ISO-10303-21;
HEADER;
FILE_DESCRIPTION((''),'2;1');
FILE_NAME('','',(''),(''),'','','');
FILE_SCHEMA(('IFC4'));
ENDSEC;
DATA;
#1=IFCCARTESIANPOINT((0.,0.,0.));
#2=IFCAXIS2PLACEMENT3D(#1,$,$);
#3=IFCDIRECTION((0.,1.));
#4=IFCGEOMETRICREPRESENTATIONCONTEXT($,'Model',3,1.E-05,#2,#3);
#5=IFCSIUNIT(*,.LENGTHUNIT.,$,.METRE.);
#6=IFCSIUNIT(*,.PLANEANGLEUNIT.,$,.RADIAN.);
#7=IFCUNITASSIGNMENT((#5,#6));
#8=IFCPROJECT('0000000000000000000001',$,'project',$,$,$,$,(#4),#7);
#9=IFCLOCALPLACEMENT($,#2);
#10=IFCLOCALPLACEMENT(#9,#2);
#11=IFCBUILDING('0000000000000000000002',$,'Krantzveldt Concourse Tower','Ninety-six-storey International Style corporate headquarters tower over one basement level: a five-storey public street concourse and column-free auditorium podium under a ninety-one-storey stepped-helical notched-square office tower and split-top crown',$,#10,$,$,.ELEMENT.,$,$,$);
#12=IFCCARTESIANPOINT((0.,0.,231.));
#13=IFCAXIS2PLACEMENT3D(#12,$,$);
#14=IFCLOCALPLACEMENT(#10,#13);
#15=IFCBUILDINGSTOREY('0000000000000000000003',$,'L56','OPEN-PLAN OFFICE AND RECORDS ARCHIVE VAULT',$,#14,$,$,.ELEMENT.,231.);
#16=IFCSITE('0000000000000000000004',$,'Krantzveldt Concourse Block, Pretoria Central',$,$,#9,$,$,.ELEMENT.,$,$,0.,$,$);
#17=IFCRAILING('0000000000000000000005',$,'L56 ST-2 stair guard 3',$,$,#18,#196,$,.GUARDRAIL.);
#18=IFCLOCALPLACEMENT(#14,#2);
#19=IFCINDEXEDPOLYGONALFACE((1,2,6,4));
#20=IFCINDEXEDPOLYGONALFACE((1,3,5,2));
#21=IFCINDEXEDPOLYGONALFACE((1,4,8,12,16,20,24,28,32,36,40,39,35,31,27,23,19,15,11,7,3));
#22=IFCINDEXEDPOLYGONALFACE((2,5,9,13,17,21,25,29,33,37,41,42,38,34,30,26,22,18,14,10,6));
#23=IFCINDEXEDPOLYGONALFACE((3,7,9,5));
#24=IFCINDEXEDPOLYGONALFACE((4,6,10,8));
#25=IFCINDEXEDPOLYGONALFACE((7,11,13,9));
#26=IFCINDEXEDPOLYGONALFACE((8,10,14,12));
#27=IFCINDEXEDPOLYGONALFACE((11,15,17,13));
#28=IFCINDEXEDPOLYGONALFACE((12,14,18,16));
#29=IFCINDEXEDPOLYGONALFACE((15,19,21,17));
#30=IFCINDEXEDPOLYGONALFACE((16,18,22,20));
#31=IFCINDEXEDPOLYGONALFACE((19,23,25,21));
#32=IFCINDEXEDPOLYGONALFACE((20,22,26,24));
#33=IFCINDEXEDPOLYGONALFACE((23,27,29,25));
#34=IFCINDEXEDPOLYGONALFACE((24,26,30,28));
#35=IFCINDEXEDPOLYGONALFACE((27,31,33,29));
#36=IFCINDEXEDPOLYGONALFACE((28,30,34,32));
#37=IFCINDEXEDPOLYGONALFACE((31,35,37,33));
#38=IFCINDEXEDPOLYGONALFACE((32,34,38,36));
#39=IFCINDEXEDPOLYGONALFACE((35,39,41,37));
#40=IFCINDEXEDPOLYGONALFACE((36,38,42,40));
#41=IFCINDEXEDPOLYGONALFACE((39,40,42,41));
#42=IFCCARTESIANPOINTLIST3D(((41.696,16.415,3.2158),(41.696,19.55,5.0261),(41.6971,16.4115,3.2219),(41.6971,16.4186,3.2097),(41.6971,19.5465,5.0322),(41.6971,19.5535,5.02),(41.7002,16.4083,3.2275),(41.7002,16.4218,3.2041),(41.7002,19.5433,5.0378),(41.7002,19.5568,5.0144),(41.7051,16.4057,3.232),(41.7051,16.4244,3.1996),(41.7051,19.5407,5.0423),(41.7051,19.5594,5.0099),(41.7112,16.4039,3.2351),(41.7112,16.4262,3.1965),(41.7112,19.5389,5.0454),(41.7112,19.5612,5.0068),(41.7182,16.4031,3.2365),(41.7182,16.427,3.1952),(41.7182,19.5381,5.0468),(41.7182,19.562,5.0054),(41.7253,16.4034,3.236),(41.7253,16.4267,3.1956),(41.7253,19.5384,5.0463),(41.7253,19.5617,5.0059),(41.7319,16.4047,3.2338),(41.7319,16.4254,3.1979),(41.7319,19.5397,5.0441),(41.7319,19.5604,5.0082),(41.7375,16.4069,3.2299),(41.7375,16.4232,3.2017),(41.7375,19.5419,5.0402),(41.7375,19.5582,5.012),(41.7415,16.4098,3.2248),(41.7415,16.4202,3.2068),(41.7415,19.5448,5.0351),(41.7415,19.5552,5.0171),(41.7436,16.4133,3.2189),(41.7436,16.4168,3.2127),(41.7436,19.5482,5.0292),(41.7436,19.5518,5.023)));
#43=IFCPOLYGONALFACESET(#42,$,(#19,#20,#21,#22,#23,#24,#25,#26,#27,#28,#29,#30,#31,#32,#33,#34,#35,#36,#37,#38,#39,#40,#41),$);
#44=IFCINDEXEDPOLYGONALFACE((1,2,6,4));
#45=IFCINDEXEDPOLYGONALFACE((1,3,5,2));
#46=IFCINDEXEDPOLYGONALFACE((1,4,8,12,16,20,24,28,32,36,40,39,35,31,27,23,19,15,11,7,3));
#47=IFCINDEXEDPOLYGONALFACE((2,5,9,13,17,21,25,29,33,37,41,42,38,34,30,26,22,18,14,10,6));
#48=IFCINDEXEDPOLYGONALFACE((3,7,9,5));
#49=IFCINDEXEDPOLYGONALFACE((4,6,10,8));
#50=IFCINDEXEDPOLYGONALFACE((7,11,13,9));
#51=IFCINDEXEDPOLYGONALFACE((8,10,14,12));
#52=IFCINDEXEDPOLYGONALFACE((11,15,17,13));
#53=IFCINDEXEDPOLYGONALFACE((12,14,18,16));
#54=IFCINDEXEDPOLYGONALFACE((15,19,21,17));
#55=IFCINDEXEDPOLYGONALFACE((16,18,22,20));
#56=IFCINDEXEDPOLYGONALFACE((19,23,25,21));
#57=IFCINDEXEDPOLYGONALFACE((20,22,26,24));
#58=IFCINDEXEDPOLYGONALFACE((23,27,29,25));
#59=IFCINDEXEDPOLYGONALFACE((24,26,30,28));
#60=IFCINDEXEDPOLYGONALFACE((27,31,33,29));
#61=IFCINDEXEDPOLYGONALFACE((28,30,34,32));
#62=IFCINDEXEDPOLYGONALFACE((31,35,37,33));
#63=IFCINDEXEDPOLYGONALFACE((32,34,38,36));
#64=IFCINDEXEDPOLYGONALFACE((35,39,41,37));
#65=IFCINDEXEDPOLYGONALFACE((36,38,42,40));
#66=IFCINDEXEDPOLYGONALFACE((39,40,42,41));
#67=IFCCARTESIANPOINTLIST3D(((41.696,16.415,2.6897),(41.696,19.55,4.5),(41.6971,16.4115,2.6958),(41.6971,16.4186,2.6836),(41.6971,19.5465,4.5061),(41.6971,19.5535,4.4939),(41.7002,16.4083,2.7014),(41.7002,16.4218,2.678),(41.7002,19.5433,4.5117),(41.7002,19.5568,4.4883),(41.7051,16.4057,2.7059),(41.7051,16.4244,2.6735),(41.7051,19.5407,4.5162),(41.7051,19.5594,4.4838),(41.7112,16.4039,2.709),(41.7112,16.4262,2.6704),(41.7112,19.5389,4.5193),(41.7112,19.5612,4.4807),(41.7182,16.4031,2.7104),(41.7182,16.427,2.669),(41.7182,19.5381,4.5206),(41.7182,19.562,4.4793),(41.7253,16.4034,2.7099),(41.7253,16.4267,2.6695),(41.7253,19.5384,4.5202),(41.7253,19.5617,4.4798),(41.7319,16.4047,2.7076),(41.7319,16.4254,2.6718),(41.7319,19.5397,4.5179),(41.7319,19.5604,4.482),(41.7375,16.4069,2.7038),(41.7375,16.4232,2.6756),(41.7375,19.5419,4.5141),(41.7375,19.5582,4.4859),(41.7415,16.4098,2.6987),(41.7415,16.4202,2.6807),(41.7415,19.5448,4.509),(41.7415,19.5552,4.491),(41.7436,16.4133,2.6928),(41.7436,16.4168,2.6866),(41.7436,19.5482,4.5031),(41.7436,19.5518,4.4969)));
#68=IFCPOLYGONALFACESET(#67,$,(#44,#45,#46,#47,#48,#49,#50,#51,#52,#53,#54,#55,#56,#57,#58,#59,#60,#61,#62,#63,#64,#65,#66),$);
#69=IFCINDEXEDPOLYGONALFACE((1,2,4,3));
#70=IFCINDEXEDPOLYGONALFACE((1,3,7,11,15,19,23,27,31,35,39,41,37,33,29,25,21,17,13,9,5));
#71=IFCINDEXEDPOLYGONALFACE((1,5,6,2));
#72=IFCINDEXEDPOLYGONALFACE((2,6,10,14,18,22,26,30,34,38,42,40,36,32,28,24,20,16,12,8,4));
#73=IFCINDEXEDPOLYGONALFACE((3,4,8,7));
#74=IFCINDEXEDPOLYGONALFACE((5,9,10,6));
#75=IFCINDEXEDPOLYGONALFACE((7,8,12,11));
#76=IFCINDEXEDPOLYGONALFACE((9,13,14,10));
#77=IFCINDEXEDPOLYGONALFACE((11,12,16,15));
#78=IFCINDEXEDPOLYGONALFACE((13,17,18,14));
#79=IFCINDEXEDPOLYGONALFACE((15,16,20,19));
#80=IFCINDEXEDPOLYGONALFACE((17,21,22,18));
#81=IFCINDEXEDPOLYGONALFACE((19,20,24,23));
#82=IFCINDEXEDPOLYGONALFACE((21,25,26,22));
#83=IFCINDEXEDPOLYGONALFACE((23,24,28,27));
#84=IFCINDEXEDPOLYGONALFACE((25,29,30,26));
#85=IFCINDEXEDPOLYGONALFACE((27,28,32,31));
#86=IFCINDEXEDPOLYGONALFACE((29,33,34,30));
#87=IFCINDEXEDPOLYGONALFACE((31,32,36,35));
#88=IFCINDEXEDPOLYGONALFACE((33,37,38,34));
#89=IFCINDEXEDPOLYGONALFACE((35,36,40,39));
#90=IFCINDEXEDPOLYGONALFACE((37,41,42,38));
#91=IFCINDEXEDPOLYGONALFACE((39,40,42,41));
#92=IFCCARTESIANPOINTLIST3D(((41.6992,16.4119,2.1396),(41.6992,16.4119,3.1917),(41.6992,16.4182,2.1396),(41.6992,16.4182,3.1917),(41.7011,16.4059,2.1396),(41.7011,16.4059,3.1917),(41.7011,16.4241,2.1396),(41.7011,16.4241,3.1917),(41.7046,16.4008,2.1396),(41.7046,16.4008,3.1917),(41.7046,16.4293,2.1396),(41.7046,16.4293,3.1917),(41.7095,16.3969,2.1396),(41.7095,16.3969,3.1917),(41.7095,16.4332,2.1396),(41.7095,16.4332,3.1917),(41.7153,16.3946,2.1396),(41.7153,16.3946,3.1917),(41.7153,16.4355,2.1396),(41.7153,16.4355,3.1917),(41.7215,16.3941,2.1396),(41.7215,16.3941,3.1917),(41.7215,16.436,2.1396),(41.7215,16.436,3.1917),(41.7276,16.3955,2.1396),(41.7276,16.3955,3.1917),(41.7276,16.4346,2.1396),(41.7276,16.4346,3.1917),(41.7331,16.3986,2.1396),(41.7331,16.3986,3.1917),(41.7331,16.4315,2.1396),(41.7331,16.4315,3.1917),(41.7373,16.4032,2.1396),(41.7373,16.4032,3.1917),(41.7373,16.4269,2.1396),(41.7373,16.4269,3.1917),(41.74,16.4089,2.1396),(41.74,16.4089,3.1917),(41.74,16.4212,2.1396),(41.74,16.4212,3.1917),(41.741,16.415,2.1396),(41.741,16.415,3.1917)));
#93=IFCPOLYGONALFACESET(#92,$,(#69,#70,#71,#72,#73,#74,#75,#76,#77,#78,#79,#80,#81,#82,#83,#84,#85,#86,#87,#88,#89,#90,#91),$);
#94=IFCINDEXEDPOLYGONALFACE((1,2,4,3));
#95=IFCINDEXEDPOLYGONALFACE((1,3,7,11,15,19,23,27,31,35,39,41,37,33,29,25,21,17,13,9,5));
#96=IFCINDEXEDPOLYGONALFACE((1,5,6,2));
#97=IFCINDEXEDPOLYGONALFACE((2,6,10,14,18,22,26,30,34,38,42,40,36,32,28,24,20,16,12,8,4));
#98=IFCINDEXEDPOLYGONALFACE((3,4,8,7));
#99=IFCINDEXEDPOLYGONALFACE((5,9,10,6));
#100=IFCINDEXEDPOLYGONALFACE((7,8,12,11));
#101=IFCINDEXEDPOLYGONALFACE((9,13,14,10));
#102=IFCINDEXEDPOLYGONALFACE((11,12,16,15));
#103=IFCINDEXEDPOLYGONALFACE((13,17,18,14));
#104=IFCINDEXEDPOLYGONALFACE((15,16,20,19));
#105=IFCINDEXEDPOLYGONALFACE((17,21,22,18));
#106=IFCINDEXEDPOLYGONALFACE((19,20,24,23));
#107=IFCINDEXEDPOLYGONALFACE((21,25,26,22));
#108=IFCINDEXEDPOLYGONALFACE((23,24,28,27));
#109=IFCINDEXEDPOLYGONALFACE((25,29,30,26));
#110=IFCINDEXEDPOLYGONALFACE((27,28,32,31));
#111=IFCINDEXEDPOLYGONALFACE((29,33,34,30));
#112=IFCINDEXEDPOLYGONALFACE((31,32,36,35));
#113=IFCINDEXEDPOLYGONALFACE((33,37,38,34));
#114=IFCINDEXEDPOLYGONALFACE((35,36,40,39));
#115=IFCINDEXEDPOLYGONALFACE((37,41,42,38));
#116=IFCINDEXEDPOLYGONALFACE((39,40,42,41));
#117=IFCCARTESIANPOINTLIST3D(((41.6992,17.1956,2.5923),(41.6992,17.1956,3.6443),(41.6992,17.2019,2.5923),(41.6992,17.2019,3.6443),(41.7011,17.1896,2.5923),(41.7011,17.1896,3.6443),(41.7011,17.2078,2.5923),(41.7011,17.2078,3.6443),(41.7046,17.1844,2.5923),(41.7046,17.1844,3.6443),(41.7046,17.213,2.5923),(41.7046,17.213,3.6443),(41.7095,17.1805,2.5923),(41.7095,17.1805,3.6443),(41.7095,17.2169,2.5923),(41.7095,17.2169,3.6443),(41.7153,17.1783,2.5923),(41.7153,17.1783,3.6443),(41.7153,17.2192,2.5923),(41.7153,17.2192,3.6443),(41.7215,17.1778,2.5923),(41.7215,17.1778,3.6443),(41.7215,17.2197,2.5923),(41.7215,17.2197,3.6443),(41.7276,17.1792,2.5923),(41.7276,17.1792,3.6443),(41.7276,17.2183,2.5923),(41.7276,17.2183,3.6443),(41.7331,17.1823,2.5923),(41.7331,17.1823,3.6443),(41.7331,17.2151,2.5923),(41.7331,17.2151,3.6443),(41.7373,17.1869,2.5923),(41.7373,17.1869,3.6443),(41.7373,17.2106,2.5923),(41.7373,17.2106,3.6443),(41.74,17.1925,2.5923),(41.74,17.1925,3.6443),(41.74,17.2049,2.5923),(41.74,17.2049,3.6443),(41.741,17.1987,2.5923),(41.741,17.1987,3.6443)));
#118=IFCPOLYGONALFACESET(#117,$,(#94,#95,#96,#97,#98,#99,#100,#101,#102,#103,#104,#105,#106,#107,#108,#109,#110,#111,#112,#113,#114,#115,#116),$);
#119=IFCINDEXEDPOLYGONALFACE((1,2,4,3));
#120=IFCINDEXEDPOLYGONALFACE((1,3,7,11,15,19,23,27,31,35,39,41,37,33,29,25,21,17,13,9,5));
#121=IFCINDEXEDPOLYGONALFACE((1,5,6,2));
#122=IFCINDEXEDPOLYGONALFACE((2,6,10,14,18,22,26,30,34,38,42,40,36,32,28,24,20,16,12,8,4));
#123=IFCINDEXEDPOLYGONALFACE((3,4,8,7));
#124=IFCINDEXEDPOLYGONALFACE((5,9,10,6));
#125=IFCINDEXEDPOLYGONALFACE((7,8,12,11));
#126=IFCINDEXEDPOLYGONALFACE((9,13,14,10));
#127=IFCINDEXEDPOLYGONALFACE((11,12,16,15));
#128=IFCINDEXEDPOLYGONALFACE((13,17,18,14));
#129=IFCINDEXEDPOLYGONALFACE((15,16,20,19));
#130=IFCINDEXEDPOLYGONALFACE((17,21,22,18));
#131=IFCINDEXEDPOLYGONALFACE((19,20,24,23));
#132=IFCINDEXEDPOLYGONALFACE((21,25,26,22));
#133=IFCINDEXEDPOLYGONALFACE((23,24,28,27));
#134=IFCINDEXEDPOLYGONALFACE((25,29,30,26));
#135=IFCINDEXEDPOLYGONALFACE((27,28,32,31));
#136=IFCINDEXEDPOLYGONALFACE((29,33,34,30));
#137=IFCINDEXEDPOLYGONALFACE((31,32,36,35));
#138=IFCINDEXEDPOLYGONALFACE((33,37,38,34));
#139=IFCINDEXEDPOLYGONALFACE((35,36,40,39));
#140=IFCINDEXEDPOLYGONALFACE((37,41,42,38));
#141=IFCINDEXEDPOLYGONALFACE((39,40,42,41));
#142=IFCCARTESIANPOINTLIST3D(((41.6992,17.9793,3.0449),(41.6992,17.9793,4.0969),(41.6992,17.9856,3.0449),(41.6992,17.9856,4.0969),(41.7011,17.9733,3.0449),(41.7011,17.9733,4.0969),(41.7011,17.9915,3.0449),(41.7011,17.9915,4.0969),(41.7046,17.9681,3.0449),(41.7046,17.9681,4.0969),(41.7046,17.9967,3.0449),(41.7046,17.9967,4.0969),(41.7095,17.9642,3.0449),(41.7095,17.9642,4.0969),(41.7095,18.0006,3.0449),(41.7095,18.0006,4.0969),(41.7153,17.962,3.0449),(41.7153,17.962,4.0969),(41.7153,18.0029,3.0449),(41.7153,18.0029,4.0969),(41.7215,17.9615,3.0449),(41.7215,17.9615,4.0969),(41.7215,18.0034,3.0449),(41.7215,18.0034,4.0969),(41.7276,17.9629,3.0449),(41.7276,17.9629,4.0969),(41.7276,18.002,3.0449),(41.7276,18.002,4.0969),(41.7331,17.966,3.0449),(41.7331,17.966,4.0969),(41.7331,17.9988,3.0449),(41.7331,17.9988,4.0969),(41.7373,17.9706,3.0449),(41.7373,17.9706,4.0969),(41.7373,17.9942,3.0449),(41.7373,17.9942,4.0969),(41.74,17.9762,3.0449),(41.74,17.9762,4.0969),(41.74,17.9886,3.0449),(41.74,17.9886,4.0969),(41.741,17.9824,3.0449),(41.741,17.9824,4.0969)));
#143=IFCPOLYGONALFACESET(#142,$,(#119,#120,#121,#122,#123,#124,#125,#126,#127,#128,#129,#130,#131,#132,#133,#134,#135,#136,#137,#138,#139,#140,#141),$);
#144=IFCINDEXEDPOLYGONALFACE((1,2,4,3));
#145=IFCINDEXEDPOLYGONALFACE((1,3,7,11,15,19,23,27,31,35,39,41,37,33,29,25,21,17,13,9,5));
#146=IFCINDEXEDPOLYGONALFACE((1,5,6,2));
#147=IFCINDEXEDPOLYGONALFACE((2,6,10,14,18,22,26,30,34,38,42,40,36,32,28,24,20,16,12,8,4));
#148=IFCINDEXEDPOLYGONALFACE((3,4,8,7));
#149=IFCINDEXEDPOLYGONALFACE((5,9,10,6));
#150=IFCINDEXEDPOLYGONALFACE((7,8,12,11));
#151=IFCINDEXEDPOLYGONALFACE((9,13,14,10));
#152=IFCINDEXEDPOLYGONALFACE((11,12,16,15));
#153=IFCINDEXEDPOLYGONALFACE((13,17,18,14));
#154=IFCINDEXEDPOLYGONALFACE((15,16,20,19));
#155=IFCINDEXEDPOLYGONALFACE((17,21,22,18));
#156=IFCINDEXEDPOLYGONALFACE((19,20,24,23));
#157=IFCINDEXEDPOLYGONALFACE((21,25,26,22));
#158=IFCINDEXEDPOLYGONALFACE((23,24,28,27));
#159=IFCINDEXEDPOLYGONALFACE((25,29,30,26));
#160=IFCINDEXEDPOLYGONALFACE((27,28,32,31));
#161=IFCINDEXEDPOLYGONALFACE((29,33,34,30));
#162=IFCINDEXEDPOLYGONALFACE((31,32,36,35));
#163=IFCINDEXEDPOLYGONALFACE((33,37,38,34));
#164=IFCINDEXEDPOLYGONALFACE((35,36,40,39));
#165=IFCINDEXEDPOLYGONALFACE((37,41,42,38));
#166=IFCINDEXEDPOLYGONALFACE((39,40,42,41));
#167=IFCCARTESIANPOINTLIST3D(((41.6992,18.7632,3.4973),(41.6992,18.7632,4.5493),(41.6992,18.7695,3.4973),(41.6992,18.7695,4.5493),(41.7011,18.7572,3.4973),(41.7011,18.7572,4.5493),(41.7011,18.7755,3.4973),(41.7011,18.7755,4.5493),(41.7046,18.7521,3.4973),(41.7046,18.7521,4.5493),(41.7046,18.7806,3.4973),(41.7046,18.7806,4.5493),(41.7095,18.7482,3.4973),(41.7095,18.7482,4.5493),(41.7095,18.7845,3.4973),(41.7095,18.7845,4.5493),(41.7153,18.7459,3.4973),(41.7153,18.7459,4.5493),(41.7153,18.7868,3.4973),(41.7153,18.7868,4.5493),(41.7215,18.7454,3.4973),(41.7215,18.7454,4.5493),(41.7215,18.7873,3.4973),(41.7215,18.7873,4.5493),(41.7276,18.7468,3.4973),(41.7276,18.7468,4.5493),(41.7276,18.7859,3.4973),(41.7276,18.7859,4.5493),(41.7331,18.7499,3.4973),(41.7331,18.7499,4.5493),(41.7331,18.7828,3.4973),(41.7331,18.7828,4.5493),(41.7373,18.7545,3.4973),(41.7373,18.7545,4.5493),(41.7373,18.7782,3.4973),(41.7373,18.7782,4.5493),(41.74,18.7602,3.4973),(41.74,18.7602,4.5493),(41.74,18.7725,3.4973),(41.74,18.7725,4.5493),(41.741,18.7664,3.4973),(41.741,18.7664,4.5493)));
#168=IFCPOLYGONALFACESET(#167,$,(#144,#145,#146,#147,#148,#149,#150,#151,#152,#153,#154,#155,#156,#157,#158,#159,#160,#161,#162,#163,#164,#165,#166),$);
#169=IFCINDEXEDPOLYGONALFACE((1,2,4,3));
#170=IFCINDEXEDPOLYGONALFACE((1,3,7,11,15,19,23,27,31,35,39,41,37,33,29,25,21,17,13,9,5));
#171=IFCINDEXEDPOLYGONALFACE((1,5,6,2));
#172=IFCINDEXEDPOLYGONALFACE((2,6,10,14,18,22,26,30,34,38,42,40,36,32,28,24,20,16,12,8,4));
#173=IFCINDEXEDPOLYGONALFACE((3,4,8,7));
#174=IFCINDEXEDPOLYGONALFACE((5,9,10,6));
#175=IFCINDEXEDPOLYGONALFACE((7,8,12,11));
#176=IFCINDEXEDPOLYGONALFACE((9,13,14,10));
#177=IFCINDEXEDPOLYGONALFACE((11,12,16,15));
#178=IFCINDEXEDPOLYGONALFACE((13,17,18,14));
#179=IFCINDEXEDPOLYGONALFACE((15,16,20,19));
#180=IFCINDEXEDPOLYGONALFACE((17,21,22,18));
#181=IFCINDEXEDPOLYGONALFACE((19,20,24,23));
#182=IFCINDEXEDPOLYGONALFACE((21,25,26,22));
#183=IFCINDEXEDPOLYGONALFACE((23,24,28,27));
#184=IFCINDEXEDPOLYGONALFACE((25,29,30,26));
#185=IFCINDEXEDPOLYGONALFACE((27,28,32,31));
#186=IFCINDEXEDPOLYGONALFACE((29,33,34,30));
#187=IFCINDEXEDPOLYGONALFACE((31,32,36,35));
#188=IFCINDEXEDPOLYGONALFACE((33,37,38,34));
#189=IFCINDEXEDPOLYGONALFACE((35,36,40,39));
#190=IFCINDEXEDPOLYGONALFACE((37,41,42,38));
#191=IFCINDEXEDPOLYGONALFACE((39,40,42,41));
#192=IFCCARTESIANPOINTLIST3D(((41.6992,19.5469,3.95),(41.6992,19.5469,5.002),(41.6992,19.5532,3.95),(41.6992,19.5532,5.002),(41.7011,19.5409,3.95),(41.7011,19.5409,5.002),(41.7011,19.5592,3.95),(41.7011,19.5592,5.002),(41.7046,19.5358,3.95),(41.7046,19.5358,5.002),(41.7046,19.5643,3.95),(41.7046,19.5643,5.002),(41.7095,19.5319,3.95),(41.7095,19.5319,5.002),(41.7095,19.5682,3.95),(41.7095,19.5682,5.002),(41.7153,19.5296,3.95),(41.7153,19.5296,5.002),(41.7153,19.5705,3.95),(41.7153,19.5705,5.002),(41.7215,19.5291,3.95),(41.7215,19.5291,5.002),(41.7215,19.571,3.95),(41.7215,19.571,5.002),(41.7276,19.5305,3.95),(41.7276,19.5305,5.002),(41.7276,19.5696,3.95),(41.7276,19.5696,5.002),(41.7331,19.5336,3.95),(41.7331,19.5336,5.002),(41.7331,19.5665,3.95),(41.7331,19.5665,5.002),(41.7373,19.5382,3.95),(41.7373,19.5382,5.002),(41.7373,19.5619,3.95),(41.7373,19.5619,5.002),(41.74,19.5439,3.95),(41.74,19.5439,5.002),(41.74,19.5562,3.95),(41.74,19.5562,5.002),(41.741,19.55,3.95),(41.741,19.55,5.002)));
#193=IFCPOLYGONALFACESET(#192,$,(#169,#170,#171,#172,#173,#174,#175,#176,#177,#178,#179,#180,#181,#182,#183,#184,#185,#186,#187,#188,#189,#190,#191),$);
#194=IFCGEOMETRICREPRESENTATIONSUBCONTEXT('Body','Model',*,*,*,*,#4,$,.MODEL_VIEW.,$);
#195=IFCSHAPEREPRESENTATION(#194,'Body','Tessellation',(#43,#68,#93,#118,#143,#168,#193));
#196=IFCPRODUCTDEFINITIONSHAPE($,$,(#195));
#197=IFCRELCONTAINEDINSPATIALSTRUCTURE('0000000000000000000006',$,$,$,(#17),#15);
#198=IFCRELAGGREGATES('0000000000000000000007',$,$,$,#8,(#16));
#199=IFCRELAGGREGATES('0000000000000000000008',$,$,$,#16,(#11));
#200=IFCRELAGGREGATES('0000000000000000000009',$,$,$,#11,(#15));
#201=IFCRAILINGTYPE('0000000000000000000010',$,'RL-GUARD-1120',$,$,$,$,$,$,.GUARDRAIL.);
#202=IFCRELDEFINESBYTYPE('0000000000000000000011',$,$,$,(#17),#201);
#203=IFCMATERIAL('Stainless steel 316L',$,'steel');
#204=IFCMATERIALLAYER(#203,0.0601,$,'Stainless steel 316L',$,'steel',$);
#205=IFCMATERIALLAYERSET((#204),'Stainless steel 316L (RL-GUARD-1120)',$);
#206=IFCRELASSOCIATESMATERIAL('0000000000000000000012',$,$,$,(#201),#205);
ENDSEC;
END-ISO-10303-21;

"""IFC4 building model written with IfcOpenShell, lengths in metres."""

from ifc_helpers import new_model, si_unit, direction, frame, origin, origin_2d, place, context, subcontext, project, spatial, circle, extrude, material, layer, layer_set, type_object, element, save


model = new_model("IFC4")

# Units and contexts
model_context = context("Model", 3, precision=1e-05, world=origin(), true_north=direction((0.0, 1.0)))
body_context = subcontext(model_context, "Body", "Model", "MODEL_VIEW")
ifc_project = project(units=[si_unit("LENGTHUNIT", "METRE"), si_unit("PLANEANGLEUNIT", "RADIAN")], contexts=[model_context])

# Site, building, storey
site_placement = place(None, origin())
site = spatial("IfcSite", under=ifc_project, at=site_placement, Name="Krantzveldt Concourse Block, Pretoria Central", CompositionType="ELEMENT", RefElevation=0.0)
building_placement = place(site_placement, origin())
building = spatial("IfcBuilding", under=site, at=building_placement, Name="Krantzveldt Concourse Tower", Description="Ninety-six-storey International Style corporate headquarters tower over one basement level: a five-storey public street concourse and column-free auditorium podium under a ninety-one-storey stepped-helical notched-square office tower and split-top crown", CompositionType="ELEMENT")
storey_placement = place(building_placement, frame((0.0, 0.0, 231.0)))
storey = spatial("IfcBuildingStorey", under=building, at=storey_placement, Name="L56", Description="OPEN-PLAN OFFICE AND RECORDS ARCHIVE VAULT", CompositionType="ELEMENT", Elevation=231.0)

# Shared definitions
ifc_material_1 = material(Name="Stainless steel 316L", Category="steel")

# Railing
ifc_layer_1 = layer(ifc_material_1, 0.0601, Name="Stainless steel 316L", Category="steel")
ifc_layer_set_1 = layer_set([ifc_layer_1], Name="Stainless steel 316L (RL-GUARD-1120)")
railing_type_1 = type_object("IfcRailingType", Name="RL-GUARD-1120", PredefinedType="GUARDRAIL", material=ifc_layer_set_1)
railing_1_placement = place(storey_placement, frame((41.72, 16.415, 2.1396)))
element("IfcRailing", 1, at=railing_1_placement, inside=storey, type_object=railing_type_1, Name="L56 ST-2 stair guard 3", PredefinedType="GUARDRAIL", context=body_context, shape_type="SweptSolid", body=[
    extrude(circle(Radius=0.0239, at=origin_2d()), frame((0.0, 0.0, 1.0762), z_axis=(0.0, 0.865989, 0.500063), x_axis=(-1.0, 0.0, 0.0)), (0.0, 0.0, 1.0), 3.6201),
    extrude(circle(Radius=0.0239, at=origin_2d()), frame((0.0, 0.0, 0.55), z_axis=(0.0, 0.865989, 0.500063), x_axis=(-1.0, 0.0, 0.0)), (0.0, 0.0, 1.0), 3.6201),
    extrude(circle(Radius=0.021, at=origin_2d()), origin(), (0.0, 0.0, 1.0), 1.052),
    extrude(circle(Radius=0.021, at=origin_2d()), frame((0.0, 0.7837, 0.4526)), (0.0, 0.0, 1.0), 1.052),
    extrude(circle(Radius=0.021, at=origin_2d()), frame((0.0, 1.5674, 0.9053)), (0.0, 0.0, 1.0), 1.052),
    extrude(circle(Radius=0.021, at=origin_2d()), frame((0.0, 2.3513, 1.3577)), (0.0, 0.0, 1.0), 1.052),
    extrude(circle(Radius=0.021, at=origin_2d()), frame((0.0, 3.135, 1.8103)), (0.0, 0.0, 1.0), 1.052),
])

save(model, "model.ifc")
